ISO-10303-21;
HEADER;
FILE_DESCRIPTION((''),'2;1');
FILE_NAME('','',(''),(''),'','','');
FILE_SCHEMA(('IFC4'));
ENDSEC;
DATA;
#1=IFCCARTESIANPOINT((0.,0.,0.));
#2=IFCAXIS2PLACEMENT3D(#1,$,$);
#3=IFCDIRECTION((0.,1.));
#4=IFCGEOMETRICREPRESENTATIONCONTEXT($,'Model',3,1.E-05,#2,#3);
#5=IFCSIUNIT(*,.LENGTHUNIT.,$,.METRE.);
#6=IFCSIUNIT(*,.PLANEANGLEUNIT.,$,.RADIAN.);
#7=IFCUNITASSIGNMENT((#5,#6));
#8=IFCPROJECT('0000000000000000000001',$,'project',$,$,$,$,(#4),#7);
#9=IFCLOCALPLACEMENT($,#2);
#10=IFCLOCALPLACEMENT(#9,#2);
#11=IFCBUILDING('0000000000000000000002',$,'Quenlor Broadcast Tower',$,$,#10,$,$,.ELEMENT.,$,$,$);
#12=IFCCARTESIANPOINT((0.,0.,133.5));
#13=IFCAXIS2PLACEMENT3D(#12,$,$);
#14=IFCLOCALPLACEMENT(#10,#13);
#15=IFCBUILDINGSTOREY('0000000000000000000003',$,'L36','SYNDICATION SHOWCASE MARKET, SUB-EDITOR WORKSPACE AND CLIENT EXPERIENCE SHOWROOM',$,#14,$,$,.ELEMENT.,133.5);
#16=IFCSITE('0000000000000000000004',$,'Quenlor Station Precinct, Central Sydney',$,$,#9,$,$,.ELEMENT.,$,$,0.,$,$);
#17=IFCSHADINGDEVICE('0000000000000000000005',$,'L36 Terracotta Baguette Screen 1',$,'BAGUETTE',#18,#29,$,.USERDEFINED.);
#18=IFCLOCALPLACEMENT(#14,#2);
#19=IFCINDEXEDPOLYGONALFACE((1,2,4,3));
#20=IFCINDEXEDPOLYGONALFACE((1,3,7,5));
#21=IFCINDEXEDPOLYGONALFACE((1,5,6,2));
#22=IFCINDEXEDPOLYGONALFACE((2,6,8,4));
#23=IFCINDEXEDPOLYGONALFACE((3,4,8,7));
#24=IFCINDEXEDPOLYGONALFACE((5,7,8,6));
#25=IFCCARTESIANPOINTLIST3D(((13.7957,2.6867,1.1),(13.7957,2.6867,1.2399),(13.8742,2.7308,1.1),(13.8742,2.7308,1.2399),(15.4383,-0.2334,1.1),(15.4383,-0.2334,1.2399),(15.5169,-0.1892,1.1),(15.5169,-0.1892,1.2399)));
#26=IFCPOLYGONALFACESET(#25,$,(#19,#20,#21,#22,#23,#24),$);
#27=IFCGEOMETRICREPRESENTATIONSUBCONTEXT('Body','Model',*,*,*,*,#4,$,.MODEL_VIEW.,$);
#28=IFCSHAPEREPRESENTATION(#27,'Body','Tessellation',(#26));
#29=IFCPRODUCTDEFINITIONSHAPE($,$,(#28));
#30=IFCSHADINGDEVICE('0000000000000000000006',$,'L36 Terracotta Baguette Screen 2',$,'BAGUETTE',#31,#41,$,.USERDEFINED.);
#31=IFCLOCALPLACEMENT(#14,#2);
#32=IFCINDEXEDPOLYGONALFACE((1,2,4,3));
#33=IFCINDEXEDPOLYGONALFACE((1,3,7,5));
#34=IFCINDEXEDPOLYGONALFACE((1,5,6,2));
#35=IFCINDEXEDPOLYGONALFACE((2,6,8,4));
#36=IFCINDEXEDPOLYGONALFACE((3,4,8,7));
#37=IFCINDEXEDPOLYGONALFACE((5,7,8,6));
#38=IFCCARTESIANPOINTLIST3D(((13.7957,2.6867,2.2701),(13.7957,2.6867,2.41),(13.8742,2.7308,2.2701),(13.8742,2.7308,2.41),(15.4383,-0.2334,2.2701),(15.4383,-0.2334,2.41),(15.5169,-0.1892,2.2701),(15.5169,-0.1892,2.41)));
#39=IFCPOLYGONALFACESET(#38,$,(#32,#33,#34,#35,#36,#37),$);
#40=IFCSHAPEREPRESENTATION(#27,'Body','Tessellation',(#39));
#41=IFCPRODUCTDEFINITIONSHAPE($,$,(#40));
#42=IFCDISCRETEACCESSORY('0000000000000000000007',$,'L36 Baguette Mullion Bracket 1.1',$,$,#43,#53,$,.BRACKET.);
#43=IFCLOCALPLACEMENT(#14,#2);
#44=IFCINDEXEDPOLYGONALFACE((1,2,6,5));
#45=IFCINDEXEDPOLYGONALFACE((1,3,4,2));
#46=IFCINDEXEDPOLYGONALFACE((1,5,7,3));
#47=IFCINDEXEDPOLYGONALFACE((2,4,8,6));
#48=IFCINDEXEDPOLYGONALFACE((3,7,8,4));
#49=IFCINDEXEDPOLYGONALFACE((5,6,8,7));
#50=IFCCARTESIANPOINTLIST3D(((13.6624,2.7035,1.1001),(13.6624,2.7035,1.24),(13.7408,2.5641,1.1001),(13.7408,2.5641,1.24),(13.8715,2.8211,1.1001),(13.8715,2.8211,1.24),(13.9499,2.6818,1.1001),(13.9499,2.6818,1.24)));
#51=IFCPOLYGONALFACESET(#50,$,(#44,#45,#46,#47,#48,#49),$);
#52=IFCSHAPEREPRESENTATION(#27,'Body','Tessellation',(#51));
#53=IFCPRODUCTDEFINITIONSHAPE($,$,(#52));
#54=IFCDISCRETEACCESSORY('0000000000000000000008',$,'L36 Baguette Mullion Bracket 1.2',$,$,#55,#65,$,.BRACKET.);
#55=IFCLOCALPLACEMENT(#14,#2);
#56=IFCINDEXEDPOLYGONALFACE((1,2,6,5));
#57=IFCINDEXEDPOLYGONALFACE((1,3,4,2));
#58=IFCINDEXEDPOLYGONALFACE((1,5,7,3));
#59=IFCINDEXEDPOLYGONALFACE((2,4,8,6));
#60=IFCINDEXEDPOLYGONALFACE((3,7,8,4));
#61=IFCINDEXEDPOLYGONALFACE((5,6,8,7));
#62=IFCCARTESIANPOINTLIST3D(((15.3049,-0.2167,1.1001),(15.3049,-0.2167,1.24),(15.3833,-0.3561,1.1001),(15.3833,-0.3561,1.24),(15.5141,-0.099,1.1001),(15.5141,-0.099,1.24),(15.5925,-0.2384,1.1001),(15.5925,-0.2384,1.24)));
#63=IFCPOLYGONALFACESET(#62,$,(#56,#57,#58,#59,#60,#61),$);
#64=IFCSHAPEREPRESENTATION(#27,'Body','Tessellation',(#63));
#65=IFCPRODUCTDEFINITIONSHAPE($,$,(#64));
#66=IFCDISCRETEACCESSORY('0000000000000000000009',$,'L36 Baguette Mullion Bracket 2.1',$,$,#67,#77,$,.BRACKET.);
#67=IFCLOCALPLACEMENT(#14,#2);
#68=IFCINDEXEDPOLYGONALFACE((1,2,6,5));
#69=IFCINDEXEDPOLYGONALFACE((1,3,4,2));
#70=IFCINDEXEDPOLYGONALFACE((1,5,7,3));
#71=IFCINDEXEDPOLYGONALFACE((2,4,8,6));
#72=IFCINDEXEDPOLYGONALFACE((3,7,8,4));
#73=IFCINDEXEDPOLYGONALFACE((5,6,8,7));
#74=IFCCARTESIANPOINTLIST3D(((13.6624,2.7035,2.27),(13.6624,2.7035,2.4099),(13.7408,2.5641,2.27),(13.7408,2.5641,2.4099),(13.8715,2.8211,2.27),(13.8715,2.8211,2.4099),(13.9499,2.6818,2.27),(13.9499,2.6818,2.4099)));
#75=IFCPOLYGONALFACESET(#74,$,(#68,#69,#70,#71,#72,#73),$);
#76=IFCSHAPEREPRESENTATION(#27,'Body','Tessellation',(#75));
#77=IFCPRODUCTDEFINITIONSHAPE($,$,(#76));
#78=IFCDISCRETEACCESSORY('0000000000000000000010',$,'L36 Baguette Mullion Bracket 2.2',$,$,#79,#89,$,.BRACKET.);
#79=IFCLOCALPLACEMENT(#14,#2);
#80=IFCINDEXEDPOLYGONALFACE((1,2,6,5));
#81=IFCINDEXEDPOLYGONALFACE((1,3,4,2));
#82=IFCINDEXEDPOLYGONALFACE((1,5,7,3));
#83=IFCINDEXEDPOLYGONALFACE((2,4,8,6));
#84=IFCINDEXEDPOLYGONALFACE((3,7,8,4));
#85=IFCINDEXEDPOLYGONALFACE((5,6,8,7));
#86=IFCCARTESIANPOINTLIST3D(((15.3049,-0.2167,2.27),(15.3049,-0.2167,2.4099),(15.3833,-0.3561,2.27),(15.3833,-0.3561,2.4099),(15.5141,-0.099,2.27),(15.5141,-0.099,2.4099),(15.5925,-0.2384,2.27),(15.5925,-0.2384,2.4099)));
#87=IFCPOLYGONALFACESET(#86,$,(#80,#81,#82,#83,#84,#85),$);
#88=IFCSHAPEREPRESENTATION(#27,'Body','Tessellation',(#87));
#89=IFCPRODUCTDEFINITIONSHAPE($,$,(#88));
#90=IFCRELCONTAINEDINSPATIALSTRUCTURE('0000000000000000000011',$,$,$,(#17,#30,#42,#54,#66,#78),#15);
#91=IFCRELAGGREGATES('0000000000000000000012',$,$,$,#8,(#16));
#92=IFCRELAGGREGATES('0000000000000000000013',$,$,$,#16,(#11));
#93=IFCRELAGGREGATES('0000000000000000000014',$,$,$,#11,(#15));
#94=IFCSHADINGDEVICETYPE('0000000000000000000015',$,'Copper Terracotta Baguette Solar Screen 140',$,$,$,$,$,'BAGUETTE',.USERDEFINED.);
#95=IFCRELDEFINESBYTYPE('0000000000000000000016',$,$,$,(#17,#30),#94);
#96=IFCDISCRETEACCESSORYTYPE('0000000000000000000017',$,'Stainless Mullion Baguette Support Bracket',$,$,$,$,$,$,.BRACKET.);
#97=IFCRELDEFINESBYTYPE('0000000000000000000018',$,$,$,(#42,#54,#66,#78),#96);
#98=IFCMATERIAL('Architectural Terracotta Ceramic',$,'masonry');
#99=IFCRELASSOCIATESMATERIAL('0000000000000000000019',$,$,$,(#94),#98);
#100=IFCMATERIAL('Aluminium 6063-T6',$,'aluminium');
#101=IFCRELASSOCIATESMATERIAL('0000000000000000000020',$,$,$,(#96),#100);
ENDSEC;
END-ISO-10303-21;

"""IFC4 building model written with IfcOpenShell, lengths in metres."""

from ifc_helpers import new_model, si_unit, direction, frame, origin, origin_2d, place, context, subcontext, project, spatial, rectangle, extrude, material, material_profile, profile_set, type_object, element, save


model = new_model("IFC4")

# Units and contexts
model_context = context("Model", 3, precision=1e-05, world=origin(), true_north=direction((0.0, 1.0)))
body_context = subcontext(model_context, "Body", "Model", "MODEL_VIEW")
ifc_project = project(units=[si_unit("LENGTHUNIT", "METRE"), si_unit("PLANEANGLEUNIT", "RADIAN")], contexts=[model_context])

# Site, building, storey
site_placement = place(None, origin())
site = spatial("IfcSite", under=ifc_project, at=site_placement, Name="Quenlor Station Precinct, Central Sydney", CompositionType="ELEMENT", RefElevation=0.0)
building_placement = place(site_placement, origin())
building = spatial("IfcBuilding", under=site, at=building_placement, Name="Quenlor Broadcast Tower", CompositionType="ELEMENT")
storey_placement = place(building_placement, frame((0.0, 0.0, 133.5)))
storey = spatial("IfcBuildingStorey", under=building, at=storey_placement, Name="L36", Description="SYNDICATION SHOWCASE MARKET, SUB-EDITOR WORKSPACE AND CLIENT EXPERIENCE SHOWROOM", CompositionType="ELEMENT", Elevation=133.5)

# Shading devices
ifc_material_1 = material(Name="Architectural Terracotta Ceramic", Category="masonry")
ifc_material_profile_1 = material_profile(ifc_material_1, rectangle(XDim=0.0901, YDim=0.1399, at=origin_2d()))
ifc_profile_set_1 = profile_set([ifc_material_profile_1], Name="Architectural Terracotta Ceramic BAG90x140")
shading_device_type = type_object("IfcShadingDeviceType", Name="Copper Terracotta Baguette Solar Screen 140", ElementType="BAGUETTE", PredefinedType="USERDEFINED", material=ifc_profile_set_1)
for number, where, z_axis, x_axis, name in (
    (1, (13.835, 2.7087, 1.1699), (0.490289, -0.87156, 0.0), (0.87156, 0.490289, 0.0), "L36 Terracotta Baguette Screen 1"),
    (2, (13.835, 2.7087, 2.3401), (0.490289, -0.87156, 0.0), (0.87156, 0.490289, 0.0), "L36 Terracotta Baguette Screen 2"),
):
    element("IfcShadingDevice", number, at=place(storey_placement, frame(where, z_axis=z_axis, x_axis=x_axis)), inside=storey, type_object=shading_device_type, Name=name, ObjectType="BAGUETTE", PredefinedType="USERDEFINED", context=body_context, shape_type="SweptSolid", body=[
        extrude(rectangle(XDim=0.0901, YDim=0.1399, at=origin_2d()), origin(), (0.0, 0.0, 1.0), 3.3503),
    ])

# Discrete accessories
ifc_material_2 = material(Name="Aluminium 6063-T6", Category="aluminium")
discrete_accessory_type = type_object("IfcDiscreteAccessoryType", Name="Stainless Mullion Baguette Support Bracket", PredefinedType="BRACKET", material=ifc_material_2)
for number, where, z_axis, x_axis, name in (
    (3, (13.8062, 2.6926, 1.1001), (0.0, 0.0, 1.0), (0.490268, -0.871572, 0.0), "L36 Baguette Mullion Bracket 1.1"),
    (4, (15.4487, -0.2275, 1.1001), (0.0, 0.0, 1.0), (0.490268, -0.871572, 0.0), "L36 Baguette Mullion Bracket 1.2"),
    (5, (13.8062, 2.6926, 2.27), (0.0, 0.0, 1.0), (0.490268, -0.871572, 0.0), "L36 Baguette Mullion Bracket 2.1"),
    (6, (15.4487, -0.2275, 2.27), (0.0, 0.0, 1.0), (0.490268, -0.871572, 0.0), "L36 Baguette Mullion Bracket 2.2"),
):
    element("IfcDiscreteAccessory", number, at=place(storey_placement, frame(where, z_axis=z_axis, x_axis=x_axis)), inside=storey, type_object=discrete_accessory_type, Name=name, PredefinedType="BRACKET", context=body_context, shape_type="SweptSolid", body=[
        extrude(rectangle(XDim=0.1599, YDim=0.24, at=origin_2d()), origin(), (0.0, 0.0, 1.0), 0.1399),
    ])

save(model, "model.ifc")
